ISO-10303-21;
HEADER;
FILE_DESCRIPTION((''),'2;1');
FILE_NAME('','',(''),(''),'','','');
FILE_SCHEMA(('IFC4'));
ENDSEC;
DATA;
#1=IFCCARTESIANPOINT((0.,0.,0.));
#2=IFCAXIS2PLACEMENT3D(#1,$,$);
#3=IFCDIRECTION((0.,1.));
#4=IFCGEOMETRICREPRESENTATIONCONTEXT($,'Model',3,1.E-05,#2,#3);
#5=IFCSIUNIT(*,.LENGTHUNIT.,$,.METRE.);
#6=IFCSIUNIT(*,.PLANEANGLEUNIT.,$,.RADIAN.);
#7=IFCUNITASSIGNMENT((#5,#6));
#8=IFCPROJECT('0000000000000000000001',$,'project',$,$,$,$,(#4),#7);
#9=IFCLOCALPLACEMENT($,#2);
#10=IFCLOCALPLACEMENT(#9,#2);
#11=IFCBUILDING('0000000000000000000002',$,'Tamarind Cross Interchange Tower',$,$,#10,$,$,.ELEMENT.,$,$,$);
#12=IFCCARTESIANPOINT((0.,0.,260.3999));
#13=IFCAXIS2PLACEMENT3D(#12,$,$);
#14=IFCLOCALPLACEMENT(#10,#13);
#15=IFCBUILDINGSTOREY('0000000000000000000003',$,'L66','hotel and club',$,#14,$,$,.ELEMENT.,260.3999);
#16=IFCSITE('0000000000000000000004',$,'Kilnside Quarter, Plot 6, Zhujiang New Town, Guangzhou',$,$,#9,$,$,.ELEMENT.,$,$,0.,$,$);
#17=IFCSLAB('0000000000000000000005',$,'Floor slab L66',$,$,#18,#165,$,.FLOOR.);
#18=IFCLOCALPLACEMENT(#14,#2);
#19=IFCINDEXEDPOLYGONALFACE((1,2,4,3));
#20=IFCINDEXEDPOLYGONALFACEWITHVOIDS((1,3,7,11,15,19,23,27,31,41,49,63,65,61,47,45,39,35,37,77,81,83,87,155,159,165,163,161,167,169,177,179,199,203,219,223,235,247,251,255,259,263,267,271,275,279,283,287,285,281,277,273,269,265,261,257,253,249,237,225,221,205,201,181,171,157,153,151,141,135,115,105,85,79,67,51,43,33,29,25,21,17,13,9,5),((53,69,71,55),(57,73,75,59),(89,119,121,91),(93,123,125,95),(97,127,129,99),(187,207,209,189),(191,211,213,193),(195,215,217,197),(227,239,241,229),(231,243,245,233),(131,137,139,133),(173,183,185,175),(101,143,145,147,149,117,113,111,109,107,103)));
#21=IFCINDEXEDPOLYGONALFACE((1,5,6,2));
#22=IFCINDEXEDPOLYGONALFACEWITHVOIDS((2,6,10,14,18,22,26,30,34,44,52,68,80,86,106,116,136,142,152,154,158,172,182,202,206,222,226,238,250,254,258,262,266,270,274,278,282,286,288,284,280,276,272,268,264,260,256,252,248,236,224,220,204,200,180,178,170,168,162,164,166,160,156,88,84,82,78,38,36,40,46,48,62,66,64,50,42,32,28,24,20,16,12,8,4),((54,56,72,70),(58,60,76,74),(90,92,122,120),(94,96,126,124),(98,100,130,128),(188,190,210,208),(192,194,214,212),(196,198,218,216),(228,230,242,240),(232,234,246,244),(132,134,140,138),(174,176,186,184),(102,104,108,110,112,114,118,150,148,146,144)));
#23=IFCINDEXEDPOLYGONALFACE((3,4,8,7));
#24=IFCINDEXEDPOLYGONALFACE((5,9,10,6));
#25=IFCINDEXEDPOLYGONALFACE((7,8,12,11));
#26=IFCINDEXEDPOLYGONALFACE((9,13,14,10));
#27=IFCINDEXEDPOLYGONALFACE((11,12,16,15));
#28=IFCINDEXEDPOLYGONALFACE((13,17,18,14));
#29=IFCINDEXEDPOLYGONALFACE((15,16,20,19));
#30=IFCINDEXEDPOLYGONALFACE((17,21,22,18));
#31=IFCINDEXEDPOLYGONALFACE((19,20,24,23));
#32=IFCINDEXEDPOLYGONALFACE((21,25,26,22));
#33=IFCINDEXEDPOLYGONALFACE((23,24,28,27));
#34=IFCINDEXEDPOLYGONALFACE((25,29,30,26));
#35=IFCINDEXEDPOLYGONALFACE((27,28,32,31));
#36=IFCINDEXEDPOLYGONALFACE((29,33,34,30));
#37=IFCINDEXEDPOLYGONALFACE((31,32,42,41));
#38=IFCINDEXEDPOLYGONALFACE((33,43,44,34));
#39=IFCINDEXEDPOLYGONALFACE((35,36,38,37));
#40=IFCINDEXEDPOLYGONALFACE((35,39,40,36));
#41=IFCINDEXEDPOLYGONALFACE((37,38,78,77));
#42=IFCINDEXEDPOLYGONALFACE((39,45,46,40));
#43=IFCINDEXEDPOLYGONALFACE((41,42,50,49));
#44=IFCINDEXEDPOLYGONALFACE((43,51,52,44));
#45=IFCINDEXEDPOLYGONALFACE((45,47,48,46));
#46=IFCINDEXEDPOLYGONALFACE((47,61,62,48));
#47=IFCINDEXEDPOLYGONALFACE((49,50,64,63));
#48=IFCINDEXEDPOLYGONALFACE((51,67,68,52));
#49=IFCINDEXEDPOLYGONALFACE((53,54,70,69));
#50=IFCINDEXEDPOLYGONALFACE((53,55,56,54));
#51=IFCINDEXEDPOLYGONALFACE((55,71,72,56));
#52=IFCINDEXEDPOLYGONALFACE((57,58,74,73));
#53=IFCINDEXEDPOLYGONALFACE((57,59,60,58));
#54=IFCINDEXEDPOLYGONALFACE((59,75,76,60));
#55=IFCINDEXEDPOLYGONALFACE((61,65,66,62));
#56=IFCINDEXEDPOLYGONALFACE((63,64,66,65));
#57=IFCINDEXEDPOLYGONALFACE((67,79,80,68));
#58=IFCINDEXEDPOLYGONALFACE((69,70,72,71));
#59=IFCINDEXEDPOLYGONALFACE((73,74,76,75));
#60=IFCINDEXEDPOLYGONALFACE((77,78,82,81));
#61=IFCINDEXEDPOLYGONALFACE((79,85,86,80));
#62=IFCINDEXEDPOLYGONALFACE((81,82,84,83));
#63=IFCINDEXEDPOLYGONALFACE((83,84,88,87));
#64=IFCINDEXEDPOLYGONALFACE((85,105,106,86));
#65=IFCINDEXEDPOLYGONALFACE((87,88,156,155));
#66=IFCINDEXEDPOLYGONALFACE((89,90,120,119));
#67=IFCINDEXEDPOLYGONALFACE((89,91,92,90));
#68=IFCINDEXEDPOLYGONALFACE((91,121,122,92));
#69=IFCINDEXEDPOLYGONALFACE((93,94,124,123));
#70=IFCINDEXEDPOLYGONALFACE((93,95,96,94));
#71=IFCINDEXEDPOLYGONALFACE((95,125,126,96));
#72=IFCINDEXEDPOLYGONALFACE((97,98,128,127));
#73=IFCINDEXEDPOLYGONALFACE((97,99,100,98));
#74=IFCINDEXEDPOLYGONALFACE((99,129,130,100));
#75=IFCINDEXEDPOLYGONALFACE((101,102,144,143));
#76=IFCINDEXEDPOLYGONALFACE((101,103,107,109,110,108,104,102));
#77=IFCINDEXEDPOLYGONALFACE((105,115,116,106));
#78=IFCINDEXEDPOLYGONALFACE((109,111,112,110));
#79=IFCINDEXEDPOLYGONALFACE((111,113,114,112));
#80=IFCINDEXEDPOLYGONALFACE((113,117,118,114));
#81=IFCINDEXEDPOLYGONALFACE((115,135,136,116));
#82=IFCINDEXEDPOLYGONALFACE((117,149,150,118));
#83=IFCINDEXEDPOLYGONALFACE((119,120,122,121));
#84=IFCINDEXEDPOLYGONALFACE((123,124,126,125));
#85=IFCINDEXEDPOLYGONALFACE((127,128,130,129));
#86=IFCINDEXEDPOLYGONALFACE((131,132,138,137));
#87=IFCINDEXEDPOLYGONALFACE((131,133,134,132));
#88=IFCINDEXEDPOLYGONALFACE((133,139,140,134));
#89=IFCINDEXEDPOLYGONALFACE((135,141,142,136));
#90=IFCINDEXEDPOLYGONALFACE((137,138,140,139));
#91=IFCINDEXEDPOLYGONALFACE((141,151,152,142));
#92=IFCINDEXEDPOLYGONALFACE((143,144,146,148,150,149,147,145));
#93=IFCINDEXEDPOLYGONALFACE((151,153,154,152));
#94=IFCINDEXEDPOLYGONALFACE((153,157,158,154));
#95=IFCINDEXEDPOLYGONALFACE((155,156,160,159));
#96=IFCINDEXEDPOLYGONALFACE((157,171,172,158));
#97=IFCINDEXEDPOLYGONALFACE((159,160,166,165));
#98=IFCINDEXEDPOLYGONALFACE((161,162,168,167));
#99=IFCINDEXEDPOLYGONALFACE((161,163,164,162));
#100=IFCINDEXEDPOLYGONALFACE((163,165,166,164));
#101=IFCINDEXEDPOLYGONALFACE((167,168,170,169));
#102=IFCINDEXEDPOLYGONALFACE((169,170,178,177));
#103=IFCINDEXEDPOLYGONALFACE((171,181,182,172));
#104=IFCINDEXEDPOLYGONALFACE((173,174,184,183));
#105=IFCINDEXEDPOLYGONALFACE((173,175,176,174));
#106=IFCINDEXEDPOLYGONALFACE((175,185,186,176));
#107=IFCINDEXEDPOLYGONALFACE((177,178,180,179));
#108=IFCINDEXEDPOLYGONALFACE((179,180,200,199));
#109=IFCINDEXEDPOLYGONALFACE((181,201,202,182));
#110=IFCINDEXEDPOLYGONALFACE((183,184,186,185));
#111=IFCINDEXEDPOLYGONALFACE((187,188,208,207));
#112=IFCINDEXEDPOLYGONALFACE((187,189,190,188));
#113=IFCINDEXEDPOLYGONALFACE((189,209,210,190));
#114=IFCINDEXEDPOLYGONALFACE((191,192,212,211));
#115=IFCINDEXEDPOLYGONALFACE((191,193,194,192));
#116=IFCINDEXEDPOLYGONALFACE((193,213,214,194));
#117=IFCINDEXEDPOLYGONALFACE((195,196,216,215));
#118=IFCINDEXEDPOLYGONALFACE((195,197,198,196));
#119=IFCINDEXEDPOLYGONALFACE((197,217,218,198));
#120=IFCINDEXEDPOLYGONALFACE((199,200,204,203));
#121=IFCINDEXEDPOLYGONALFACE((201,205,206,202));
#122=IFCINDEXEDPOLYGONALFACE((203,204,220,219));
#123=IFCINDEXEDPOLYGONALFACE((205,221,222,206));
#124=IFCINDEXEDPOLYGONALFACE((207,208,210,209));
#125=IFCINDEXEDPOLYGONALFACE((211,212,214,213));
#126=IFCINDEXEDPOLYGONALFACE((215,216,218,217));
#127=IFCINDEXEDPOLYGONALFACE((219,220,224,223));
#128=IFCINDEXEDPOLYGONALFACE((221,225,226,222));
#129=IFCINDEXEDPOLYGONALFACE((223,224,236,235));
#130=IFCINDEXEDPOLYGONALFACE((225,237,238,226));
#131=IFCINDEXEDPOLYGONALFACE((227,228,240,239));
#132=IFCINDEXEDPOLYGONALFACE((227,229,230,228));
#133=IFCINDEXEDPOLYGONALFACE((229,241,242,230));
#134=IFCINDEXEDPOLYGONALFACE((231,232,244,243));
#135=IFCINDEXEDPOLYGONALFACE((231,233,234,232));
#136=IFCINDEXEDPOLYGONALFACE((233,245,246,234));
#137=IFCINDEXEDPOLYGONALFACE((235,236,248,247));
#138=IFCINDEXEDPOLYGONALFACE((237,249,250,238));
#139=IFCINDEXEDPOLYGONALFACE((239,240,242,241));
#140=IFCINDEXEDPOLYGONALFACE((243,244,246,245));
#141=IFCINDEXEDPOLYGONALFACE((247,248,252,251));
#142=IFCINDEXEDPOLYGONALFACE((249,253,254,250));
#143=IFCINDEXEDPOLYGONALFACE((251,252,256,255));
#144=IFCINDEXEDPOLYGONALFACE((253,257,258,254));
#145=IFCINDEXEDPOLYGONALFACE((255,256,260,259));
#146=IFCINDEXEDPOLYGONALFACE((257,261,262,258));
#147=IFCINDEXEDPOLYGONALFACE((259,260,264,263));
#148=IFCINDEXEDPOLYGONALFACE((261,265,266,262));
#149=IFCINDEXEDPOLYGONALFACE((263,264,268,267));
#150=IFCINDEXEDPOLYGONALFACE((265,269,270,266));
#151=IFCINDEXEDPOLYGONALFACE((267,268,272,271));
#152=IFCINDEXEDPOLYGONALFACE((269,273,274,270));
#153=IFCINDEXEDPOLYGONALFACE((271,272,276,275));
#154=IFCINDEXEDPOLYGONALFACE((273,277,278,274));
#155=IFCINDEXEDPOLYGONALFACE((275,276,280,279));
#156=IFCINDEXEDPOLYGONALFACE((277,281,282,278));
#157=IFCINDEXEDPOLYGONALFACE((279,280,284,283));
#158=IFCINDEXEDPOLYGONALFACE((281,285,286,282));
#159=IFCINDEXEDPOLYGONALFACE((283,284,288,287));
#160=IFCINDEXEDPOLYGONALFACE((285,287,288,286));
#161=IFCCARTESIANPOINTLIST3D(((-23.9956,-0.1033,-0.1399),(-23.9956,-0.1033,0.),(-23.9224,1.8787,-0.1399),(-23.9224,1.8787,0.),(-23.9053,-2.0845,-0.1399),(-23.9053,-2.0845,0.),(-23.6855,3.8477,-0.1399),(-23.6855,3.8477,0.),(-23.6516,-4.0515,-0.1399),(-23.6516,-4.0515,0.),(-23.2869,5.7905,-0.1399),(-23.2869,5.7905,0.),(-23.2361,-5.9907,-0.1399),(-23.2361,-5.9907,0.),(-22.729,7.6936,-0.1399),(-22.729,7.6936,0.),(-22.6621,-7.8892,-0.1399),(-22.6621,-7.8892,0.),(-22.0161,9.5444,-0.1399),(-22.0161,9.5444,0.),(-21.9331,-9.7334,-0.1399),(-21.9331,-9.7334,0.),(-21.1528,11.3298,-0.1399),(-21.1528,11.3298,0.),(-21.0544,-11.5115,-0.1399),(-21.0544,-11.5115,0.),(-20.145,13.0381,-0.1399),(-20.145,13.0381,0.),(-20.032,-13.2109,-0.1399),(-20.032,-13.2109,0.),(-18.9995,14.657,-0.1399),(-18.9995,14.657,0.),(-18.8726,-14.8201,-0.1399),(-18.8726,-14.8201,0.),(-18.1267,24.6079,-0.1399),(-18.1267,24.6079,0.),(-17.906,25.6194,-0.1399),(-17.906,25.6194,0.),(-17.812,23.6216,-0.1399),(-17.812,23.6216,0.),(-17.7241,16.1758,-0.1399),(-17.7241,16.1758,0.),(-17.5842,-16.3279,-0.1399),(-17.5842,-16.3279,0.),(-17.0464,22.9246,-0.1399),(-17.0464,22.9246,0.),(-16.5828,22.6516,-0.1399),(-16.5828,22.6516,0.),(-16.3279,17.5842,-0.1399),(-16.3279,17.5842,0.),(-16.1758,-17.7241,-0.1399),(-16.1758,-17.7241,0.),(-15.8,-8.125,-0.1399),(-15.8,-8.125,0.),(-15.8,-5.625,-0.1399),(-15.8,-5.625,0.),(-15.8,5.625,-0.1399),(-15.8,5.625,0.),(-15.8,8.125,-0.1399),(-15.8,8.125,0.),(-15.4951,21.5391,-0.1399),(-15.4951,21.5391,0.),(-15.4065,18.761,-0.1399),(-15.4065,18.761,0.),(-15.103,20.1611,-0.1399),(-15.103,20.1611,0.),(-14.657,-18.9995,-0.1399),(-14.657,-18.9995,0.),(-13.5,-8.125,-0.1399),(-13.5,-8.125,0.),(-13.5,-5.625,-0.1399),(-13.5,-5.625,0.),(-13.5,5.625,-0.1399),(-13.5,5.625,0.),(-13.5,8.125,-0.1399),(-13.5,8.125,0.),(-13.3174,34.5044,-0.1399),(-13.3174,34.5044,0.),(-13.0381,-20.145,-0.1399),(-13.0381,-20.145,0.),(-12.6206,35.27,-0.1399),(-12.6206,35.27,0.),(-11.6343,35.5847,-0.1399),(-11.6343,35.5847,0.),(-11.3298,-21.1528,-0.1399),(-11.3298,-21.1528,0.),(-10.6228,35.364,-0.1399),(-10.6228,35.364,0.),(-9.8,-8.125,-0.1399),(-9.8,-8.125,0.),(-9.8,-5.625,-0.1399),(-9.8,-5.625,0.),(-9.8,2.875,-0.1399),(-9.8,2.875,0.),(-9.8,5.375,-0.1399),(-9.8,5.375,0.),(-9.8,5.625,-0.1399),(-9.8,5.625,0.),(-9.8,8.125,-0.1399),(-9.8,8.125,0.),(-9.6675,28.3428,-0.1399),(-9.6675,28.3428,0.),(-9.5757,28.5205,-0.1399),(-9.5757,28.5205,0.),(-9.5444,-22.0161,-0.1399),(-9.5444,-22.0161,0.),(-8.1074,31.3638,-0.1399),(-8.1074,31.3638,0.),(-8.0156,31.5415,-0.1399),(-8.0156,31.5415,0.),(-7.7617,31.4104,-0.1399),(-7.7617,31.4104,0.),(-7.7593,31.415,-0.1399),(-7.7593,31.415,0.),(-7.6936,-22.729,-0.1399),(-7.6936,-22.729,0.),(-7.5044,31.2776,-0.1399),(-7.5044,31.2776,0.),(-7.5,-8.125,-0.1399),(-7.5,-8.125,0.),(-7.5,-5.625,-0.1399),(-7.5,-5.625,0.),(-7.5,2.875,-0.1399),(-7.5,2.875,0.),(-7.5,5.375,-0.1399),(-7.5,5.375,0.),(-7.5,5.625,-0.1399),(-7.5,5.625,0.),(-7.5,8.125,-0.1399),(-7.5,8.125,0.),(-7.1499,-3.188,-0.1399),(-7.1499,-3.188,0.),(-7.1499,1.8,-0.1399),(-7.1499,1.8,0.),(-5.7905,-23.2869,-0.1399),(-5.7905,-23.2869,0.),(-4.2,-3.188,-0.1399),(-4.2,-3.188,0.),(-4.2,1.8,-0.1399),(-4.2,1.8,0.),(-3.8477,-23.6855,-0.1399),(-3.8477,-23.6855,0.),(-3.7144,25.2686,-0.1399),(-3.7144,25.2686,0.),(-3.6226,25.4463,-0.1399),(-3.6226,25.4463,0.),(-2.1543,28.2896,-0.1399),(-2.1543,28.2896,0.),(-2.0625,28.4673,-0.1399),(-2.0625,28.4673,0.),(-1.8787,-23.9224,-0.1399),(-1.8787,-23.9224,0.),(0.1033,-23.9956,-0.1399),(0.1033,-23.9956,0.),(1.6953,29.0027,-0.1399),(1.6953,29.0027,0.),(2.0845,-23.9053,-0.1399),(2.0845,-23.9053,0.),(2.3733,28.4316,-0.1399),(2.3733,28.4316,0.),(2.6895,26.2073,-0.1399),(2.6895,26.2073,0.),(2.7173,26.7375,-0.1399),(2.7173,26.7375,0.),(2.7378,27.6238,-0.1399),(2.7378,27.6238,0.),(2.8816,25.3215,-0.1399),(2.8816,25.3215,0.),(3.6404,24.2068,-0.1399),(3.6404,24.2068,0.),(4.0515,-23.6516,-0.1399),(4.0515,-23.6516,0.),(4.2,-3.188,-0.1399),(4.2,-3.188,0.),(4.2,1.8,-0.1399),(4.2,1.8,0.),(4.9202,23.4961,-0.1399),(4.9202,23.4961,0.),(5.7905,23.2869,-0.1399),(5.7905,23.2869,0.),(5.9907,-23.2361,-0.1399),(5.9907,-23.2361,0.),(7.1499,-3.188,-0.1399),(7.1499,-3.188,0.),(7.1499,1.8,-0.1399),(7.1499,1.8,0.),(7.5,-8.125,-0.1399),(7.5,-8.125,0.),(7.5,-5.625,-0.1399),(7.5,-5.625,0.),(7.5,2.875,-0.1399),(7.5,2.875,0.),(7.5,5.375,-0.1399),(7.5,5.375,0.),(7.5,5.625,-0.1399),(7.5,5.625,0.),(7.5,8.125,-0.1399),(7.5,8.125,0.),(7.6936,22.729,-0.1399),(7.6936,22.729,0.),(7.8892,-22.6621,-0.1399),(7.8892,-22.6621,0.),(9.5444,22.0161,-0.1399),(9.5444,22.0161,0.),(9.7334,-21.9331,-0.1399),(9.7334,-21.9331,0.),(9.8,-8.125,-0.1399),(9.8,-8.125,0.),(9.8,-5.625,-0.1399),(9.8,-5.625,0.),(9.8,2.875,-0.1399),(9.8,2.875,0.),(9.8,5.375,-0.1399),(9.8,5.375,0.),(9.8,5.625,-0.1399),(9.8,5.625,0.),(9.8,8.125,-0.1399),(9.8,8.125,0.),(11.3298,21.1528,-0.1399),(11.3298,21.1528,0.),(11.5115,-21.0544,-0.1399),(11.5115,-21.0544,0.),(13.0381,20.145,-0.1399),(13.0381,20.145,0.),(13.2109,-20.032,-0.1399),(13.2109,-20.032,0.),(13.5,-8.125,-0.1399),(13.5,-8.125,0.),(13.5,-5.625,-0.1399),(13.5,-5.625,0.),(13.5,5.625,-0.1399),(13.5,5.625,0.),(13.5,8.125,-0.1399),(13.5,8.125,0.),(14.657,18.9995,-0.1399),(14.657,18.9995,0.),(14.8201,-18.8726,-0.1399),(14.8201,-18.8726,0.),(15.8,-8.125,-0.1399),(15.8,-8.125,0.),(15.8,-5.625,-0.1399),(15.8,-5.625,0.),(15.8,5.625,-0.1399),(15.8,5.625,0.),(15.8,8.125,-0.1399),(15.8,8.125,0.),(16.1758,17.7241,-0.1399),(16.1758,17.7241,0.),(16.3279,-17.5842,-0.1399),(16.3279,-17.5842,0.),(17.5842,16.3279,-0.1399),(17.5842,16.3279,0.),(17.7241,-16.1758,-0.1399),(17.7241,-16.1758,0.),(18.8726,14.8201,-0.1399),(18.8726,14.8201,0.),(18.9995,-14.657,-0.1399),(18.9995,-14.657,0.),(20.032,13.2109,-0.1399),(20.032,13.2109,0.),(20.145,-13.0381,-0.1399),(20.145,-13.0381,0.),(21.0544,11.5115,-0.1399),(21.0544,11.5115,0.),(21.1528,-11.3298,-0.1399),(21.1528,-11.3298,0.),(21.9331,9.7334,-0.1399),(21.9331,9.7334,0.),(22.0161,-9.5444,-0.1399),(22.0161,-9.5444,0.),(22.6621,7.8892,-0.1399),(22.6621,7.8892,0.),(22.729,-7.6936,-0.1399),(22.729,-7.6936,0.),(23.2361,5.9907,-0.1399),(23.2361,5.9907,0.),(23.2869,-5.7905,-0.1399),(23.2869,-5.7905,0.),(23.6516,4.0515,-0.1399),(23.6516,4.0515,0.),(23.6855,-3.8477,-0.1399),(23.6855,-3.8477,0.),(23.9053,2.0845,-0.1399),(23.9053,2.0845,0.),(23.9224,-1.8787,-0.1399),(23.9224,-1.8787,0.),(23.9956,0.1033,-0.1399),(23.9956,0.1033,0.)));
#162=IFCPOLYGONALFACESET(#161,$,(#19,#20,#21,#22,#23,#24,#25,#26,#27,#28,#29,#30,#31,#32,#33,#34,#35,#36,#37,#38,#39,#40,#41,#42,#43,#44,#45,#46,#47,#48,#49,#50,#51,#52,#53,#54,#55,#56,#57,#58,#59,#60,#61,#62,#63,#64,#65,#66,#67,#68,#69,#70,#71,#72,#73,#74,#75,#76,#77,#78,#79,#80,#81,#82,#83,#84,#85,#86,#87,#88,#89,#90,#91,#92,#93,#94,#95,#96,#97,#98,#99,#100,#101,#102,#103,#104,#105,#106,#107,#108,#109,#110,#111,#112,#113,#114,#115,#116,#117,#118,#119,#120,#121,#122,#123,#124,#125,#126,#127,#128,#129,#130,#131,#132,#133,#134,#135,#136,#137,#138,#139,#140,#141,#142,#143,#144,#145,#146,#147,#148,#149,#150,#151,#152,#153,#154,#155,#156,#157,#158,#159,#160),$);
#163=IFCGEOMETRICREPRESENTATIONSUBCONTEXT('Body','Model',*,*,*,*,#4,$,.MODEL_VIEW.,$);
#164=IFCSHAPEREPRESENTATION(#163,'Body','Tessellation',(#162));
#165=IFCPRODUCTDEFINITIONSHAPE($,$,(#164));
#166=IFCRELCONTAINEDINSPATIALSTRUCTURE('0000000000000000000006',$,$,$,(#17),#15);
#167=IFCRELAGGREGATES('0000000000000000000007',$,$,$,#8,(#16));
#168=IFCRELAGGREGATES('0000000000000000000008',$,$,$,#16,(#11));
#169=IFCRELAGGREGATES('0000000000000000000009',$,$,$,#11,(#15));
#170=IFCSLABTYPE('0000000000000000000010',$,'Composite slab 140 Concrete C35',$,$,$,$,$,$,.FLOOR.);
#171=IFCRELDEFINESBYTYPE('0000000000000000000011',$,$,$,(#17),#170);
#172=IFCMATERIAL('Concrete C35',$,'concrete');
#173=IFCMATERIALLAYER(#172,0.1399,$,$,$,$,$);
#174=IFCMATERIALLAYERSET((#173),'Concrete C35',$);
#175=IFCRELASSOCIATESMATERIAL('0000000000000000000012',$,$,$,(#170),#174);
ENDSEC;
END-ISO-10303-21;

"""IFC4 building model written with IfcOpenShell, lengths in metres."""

from ifc_helpers import new_model, si_unit, direction, frame, origin, place, context, subcontext, project, spatial, polyline, outline, extrude, material, layer, layer_set, type_object, element, save


model = new_model("IFC4")

# Units and contexts
model_context = context("Model", 3, precision=1e-05, world=origin(), true_north=direction((0.0, 1.0)))
body_context = subcontext(model_context, "Body", "Model", "MODEL_VIEW")
ifc_project = project(units=[si_unit("LENGTHUNIT", "METRE"), si_unit("PLANEANGLEUNIT", "RADIAN")], contexts=[model_context])

# Site, building, storey
site_placement = place(None, origin())
site = spatial("IfcSite", under=ifc_project, at=site_placement, Name="Kilnside Quarter, Plot 6, Zhujiang New Town, Guangzhou", CompositionType="ELEMENT", RefElevation=0.0)
building_placement = place(site_placement, origin())
building = spatial("IfcBuilding", under=site, at=building_placement, Name="Tamarind Cross Interchange Tower", CompositionType="ELEMENT")
storey_placement = place(building_placement, frame((0.0, 0.0, 260.3999)))
storey = spatial("IfcBuildingStorey", under=building, at=storey_placement, Name="L66", Description="hotel and club", CompositionType="ELEMENT", Elevation=260.3999)

# Slab
ifc_material_1 = material(Name="Concrete C35", Category="concrete")
ifc_layer_1 = layer(ifc_material_1, 0.1399)
ifc_layer_set_1 = layer_set([ifc_layer_1], Name="Concrete C35")
slab_type = type_object("IfcSlabType", Name="Composite slab 140 Concrete C35", PredefinedType="FLOOR", material=ifc_layer_set_1)
slab_1_placement = place(storey_placement, frame((0.0, 0.0, -0.1399)))
element("IfcSlab", 1, at=slab_1_placement, inside=storey, type_object=slab_type, Name="Floor slab L66", PredefinedType="FLOOR", context=body_context, shape_type="SweptSolid", body=[
    extrude(outline(polyline([(2.3733, 28.4316), (1.6953, 29.0027), (-10.6228, 35.364), (-11.6343, 35.5847), (-12.6206, 35.27), (-13.3174, 34.5044), (-17.906, 25.6194), (-18.1267, 24.6079), (-17.812, 23.6216), (-17.0464, 22.9246), (-16.5828, 22.6516), (-15.4951, 21.5391), (-15.103, 20.1611), (-15.4065, 18.761), (-16.3279, 17.5842), (-17.7241, 16.1758), (-18.9995, 14.657), (-20.145, 13.0381), (-21.1528, 11.3298), (-22.0161, 9.5444), (-22.729, 7.6936), (-23.2869, 5.7905), (-23.6855, 3.8477), (-23.9224, 1.8787), (-23.9956, -0.1033), (-23.9053, -2.0845), (-23.6516, -4.0515), (-23.2361, -5.9907), (-22.6621, -7.8892), (-21.9331, -9.7334), (-21.0544, -11.5115), (-20.032, -13.2109), (-18.8726, -14.8201), (-17.5842, -16.3279), (-16.1758, -17.7241), (-14.657, -18.9995), (-13.0381, -20.145), (-11.3298, -21.1528), (-9.5444, -22.0161), (-7.6936, -22.729), (-5.7905, -23.2869), (-3.8477, -23.6855), (-1.8787, -23.9224), (0.1033, -23.9956), (2.0845, -23.9053), (4.0515, -23.6516), (5.9907, -23.2361), (7.8892, -22.6621), (9.7334, -21.9331), (11.5115, -21.0544), (13.2109, -20.032), (14.8201, -18.8726), (16.3279, -17.5842), (17.7241, -16.1758), (18.9995, -14.657), (20.145, -13.0381), (21.1528, -11.3298), (22.0161, -9.5444), (22.729, -7.6936), (23.2869, -5.7905), (23.6855, -3.8477), (23.9224, -1.8787), (23.9956, 0.1033), (23.9053, 2.0845), (23.6516, 4.0515), (23.2361, 5.9907), (22.6621, 7.8892), (21.9331, 9.7334), (21.0544, 11.5115), (20.032, 13.2109), (18.8726, 14.8201), (17.5842, 16.3279), (16.1758, 17.7241), (14.657, 18.9995), (13.0381, 20.145), (11.3298, 21.1528), (9.5444, 22.0161), (7.6936, 22.729), (5.7905, 23.2869), (4.9202, 23.4961), (3.6404, 24.2068), (2.8816, 25.3215), (2.6895, 26.2073), (2.7173, 26.7375), (2.7378, 27.6238), (2.3733, 28.4316)]), holes=[polyline([(-13.5, -5.625), (-13.5, -8.125), (-15.8, -8.125), (-15.8, -5.625), (-13.5, -5.625)]), polyline([(-7.5, -5.625), (-7.5, -8.125), (-9.8, -8.125), (-9.8, -5.625), (-7.5, -5.625)]), polyline([(-7.1499, 1.8), (-4.2, 1.8), (-4.2, -3.188), (-7.1499, -3.188), (-7.1499, 1.8)]), polyline([(-7.5, 5.375), (-7.5, 2.875), (-9.8, 2.875), (-9.8, 5.375), (-7.5, 5.375)]), polyline([(-13.5, 8.125), (-13.5, 5.625), (-15.8, 5.625), (-15.8, 8.125), (-13.5, 8.125)]), polyline([(-7.5, 8.125), (-7.5, 5.625), (-9.8, 5.625), (-9.8, 8.125), (-7.5, 8.125)]), polyline([(-9.6675, 28.3428), (-9.5757, 28.5205), (-8.1074, 31.3638), (-8.0156, 31.5415), (-7.7617, 31.4104), (-7.7593, 31.415), (-7.5044, 31.2776), (-2.0625, 28.4673), (-2.1543, 28.2896), (-3.6226, 25.4463), (-3.7144, 25.2686), (-9.6675, 28.3428)]), polyline([(7.5, -8.125), (7.5, -5.625), (9.8, -5.625), (9.8, -8.125), (7.5, -8.125)]), polyline([(13.5, -8.125), (13.5, -5.625), (15.8, -5.625), (15.8, -8.125), (13.5, -8.125)]), polyline([(4.2, 1.8), (7.1499, 1.8), (7.1499, -3.188), (4.2, -3.188), (4.2, 1.8)]), polyline([(7.5, 2.875), (7.5, 5.375), (9.8, 5.375), (9.8, 2.875), (7.5, 2.875)]), polyline([(7.5, 5.625), (7.5, 8.125), (9.8, 8.125), (9.8, 5.625), (7.5, 5.625)]), polyline([(13.5, 5.625), (13.5, 8.125), (15.8, 8.125), (15.8, 5.625), (13.5, 5.625)])]), origin(), (0.0, 0.0, 1.0), 0.1399),
])

save(model, "model.ifc")
